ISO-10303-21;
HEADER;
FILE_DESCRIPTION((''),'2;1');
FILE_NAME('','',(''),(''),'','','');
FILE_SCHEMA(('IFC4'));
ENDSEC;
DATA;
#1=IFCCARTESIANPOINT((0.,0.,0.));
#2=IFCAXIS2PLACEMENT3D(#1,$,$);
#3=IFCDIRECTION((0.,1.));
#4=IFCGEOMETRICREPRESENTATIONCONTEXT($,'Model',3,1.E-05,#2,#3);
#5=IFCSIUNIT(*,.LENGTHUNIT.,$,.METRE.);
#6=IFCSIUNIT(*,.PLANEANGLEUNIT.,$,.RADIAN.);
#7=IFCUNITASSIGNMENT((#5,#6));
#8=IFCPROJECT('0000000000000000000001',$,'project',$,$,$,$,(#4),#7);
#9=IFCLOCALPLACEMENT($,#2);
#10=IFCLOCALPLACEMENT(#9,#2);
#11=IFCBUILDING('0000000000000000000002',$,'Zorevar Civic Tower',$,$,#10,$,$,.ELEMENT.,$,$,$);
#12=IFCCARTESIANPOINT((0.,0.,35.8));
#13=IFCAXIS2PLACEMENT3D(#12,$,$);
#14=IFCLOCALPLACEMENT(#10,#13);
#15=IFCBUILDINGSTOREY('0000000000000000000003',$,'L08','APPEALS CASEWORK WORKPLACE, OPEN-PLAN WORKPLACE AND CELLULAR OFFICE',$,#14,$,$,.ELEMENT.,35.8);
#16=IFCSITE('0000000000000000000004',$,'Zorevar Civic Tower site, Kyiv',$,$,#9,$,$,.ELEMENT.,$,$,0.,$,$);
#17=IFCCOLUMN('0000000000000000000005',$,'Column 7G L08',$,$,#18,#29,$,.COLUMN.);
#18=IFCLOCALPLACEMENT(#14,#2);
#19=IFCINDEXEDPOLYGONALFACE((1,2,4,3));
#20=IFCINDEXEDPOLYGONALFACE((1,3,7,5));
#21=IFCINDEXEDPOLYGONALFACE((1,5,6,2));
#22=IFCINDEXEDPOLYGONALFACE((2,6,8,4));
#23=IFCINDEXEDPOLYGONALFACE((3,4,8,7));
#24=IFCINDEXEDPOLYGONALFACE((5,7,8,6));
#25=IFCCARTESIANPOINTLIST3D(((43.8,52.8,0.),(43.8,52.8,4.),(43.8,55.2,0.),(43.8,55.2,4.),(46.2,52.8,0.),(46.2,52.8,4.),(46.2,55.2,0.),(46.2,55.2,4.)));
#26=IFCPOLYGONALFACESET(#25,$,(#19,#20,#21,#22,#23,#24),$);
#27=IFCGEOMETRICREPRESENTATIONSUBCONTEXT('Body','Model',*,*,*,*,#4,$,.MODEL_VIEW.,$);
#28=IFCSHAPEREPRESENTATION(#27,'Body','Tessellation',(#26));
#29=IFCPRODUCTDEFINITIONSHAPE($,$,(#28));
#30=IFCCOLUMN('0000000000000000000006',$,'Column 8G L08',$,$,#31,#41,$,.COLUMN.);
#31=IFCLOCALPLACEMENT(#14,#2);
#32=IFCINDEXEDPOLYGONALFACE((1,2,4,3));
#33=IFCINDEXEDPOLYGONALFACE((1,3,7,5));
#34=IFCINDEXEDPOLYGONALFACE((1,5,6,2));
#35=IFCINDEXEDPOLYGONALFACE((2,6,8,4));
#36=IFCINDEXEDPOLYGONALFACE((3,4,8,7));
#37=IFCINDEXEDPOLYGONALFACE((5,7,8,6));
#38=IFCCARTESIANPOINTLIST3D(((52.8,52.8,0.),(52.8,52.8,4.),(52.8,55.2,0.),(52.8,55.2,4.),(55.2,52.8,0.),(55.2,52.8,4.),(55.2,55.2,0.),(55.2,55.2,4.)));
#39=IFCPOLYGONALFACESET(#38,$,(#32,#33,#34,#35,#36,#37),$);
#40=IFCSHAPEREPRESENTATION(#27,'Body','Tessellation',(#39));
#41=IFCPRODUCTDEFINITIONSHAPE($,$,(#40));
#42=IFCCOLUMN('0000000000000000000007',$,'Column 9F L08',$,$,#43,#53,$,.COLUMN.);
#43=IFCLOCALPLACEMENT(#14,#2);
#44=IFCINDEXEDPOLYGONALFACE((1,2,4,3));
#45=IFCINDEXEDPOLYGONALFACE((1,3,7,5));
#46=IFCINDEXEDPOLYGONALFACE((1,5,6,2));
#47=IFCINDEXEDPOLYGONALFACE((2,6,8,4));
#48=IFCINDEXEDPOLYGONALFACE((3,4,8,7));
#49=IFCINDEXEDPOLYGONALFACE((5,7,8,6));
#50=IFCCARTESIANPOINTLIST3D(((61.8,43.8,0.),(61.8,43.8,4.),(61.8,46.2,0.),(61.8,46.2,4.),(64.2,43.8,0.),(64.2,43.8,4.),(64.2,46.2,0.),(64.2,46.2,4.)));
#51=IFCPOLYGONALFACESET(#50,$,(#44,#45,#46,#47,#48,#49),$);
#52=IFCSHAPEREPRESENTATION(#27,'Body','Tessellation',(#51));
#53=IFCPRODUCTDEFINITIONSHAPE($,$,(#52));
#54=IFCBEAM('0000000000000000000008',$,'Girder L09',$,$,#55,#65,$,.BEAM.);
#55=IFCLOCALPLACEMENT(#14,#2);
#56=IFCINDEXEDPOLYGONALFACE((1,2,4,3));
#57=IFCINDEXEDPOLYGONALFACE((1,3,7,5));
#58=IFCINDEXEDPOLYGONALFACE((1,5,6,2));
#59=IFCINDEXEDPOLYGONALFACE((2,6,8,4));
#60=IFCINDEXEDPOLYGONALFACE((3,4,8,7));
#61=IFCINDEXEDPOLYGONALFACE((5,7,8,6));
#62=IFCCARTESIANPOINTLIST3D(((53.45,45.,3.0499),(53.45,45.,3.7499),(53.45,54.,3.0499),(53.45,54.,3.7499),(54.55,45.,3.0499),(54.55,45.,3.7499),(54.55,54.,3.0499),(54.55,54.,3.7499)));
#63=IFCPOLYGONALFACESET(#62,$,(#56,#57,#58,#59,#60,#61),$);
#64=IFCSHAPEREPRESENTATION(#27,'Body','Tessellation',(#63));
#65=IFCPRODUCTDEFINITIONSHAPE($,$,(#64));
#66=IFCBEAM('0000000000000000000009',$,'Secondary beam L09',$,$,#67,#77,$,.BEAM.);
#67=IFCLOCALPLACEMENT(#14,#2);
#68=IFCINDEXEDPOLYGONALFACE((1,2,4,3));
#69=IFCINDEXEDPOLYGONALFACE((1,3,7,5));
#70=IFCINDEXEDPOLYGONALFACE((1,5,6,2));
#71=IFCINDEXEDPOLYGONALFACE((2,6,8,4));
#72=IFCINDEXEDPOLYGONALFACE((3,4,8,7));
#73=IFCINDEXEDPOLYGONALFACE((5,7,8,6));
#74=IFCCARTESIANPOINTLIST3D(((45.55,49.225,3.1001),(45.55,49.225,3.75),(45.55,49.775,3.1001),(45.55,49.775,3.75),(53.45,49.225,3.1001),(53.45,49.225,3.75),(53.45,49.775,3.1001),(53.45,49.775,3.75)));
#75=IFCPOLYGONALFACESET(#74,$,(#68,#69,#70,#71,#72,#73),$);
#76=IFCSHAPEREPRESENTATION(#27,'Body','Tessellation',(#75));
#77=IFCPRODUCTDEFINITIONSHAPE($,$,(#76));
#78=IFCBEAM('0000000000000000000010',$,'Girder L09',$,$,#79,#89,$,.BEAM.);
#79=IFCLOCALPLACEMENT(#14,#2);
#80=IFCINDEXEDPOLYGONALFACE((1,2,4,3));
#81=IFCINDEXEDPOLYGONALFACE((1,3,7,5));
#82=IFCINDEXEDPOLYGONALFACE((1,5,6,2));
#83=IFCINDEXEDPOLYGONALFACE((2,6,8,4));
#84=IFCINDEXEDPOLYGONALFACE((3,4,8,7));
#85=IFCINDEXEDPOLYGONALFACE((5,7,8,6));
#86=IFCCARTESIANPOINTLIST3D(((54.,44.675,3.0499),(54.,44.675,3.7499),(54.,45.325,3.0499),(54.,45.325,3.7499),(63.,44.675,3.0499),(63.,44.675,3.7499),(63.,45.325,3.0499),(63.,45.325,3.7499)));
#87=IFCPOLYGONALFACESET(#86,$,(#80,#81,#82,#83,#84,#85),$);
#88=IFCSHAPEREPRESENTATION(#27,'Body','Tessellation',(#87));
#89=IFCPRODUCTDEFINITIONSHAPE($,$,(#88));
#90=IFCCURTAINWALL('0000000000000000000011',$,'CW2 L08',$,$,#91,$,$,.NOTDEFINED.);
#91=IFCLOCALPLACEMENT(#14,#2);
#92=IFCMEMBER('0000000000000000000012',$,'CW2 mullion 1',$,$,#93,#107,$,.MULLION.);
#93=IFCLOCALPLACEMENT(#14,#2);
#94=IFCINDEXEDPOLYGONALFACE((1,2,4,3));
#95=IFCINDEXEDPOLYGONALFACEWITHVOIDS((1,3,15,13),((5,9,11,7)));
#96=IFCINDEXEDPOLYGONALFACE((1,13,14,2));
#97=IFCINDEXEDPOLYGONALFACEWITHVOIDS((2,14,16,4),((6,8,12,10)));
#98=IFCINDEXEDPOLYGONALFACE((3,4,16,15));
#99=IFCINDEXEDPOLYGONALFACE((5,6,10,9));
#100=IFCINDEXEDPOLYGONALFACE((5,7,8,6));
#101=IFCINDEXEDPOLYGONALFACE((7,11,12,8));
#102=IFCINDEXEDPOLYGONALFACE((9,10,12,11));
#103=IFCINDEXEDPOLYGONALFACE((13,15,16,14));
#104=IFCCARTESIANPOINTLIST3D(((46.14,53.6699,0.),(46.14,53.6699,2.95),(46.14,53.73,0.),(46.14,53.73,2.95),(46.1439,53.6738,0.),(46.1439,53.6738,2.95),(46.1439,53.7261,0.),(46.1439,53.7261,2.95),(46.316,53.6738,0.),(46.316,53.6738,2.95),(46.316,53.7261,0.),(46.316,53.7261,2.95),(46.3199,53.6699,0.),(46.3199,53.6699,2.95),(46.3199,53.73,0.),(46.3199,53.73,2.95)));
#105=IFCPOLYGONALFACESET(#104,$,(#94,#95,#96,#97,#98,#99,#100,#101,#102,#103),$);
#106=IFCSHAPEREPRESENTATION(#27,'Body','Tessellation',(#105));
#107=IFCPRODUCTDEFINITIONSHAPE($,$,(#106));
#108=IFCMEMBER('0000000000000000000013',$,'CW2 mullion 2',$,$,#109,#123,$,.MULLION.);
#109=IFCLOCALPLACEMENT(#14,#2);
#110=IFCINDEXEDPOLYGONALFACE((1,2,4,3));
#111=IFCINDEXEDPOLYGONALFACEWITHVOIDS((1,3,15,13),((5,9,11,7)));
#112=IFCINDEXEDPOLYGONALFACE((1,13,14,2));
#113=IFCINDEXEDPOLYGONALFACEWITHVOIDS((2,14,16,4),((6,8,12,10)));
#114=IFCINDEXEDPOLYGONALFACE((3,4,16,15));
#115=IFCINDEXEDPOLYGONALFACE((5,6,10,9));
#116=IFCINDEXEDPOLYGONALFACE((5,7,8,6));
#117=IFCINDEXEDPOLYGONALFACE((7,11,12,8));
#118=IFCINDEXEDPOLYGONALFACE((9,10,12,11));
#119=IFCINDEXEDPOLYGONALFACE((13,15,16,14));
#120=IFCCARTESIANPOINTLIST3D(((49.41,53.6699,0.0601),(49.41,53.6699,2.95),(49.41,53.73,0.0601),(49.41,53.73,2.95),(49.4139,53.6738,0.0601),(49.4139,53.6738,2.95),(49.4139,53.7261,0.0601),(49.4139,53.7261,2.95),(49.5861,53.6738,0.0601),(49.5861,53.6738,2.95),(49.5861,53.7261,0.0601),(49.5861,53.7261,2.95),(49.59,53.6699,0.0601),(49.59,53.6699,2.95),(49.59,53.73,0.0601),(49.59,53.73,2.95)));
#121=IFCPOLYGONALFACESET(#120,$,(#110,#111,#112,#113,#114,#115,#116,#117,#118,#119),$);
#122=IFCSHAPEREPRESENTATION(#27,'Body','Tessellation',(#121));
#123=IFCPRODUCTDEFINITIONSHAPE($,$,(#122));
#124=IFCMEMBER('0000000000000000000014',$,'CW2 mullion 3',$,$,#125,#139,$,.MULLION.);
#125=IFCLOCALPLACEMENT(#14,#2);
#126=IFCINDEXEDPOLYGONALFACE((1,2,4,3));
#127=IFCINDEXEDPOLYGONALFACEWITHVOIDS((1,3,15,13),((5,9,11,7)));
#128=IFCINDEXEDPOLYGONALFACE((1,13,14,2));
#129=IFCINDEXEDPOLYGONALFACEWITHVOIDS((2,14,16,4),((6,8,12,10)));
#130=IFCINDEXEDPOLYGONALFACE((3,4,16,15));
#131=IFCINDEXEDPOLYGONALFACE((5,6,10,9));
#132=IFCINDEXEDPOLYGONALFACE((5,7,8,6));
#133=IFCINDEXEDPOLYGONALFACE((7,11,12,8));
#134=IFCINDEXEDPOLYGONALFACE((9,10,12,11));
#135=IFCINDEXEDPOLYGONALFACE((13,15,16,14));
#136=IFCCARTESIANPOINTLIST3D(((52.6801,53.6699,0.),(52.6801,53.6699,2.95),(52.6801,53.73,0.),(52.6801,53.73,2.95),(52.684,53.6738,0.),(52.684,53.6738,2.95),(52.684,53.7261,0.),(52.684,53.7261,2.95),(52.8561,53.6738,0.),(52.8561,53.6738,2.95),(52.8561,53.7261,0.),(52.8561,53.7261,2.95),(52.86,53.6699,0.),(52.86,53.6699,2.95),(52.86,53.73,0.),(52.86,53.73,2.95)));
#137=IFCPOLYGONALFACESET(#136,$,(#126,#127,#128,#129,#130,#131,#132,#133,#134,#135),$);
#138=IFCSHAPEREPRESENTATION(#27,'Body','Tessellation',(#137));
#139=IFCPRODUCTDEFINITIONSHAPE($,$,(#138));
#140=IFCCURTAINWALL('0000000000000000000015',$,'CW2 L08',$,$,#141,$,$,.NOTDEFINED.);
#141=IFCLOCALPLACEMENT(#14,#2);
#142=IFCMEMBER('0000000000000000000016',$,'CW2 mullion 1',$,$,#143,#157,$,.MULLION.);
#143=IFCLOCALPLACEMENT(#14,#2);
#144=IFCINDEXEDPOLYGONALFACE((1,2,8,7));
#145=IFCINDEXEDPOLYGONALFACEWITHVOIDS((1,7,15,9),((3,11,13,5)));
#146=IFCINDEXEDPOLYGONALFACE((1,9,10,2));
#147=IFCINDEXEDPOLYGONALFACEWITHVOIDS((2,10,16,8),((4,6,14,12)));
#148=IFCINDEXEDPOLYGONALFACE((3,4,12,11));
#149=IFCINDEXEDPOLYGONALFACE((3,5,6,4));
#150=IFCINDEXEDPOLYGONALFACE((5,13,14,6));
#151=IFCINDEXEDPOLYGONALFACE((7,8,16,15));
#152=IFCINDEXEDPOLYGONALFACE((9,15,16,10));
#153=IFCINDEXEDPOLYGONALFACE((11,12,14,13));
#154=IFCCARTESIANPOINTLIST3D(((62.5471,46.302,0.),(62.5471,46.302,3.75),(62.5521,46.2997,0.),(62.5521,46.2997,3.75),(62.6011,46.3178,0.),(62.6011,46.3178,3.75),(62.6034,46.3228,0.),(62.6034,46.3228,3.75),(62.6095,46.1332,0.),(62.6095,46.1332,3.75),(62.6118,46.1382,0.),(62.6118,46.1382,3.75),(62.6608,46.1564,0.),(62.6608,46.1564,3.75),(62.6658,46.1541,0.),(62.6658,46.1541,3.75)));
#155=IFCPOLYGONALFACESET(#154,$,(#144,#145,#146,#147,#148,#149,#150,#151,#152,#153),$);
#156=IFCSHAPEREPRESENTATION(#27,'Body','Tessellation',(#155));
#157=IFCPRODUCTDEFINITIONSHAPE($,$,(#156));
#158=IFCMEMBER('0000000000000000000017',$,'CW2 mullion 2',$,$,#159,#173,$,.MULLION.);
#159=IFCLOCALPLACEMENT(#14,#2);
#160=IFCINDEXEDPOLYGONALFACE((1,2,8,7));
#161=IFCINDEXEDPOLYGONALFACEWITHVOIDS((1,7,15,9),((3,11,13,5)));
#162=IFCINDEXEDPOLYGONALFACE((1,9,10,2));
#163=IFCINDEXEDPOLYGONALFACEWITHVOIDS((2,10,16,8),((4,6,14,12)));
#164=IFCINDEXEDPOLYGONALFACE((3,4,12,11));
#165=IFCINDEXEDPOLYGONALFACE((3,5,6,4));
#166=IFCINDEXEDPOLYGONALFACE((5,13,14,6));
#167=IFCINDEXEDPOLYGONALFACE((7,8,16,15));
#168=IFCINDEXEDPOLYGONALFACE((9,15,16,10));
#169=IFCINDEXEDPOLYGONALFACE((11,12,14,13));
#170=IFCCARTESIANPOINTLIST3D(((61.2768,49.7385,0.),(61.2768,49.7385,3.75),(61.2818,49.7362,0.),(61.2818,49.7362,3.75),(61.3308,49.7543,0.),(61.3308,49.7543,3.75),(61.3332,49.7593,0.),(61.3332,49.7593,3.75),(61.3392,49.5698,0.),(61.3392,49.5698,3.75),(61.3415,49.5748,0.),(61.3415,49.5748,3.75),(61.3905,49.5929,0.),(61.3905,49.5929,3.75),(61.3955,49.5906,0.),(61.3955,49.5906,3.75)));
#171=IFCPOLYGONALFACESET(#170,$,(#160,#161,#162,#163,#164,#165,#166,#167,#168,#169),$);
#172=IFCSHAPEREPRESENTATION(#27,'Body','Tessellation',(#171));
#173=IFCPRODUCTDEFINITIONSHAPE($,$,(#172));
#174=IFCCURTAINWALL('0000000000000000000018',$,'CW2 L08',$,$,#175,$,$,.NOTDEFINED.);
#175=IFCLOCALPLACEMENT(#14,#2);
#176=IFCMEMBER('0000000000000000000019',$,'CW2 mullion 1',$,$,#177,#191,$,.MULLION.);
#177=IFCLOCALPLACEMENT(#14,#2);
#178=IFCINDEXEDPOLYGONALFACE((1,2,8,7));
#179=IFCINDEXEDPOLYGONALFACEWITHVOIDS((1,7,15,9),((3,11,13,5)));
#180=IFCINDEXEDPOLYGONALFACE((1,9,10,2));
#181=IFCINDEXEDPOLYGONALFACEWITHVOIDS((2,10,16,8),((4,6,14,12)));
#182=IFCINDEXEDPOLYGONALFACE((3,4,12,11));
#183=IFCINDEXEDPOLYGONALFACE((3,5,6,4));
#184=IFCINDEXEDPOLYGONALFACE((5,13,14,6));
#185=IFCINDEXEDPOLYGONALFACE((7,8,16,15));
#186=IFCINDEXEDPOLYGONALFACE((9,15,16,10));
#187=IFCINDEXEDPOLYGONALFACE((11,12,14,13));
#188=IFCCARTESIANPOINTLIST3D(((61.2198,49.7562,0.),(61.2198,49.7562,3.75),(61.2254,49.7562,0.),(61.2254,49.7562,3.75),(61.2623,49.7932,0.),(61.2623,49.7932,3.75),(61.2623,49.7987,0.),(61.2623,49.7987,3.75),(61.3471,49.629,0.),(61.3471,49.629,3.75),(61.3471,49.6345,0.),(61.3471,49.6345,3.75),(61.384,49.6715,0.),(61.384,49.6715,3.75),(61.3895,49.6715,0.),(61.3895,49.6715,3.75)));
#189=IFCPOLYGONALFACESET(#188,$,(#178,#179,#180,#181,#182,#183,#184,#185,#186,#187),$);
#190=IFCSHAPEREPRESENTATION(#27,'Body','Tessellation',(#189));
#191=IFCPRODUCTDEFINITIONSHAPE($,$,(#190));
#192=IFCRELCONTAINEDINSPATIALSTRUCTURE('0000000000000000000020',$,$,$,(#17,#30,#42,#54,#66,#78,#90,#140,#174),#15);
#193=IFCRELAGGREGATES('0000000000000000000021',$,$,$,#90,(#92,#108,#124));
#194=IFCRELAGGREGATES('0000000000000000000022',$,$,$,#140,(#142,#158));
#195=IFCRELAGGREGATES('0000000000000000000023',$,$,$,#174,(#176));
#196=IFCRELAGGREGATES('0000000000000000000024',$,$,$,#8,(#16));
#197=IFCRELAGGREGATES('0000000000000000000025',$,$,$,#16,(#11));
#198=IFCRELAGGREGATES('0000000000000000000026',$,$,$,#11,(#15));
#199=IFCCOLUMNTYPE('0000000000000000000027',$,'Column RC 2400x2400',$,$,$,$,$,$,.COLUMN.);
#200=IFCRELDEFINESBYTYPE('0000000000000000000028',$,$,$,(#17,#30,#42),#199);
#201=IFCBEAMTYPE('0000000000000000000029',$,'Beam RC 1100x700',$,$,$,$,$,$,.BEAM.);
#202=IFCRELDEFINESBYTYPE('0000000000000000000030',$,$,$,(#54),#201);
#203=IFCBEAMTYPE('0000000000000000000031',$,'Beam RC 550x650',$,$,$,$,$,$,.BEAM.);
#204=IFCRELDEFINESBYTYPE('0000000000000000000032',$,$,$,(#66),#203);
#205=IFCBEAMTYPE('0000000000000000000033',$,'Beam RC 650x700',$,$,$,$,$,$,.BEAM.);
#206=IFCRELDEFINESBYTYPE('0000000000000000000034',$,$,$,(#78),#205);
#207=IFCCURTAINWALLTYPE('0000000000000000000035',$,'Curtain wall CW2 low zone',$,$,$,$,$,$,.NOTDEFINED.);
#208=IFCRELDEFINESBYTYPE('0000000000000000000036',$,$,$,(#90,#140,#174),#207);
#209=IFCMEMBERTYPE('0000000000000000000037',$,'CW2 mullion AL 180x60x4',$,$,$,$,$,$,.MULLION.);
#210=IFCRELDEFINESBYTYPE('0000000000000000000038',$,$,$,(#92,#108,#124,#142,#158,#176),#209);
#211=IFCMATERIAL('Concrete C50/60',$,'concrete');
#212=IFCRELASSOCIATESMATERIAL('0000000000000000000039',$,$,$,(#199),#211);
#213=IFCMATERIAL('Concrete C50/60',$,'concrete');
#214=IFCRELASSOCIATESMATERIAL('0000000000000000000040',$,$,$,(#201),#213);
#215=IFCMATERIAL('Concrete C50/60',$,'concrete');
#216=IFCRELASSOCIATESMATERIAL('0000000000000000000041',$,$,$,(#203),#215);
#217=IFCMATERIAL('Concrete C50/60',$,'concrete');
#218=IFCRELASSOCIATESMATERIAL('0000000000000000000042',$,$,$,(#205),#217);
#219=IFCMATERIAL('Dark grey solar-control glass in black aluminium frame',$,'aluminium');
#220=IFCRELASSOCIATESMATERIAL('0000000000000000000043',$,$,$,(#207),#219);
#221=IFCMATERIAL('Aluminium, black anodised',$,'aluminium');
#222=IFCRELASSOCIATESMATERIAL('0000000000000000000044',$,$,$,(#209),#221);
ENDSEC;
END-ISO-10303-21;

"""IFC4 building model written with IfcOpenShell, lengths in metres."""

from ifc_helpers import new_model, si_unit, direction, frame, origin, origin_2d, place, context, subcontext, project, spatial, rectangle, hollow_rectangle, extrude, material, material_profile, profile_set, type_object, element, aggregate, save


model = new_model("IFC4")

# Units and contexts
model_context = context("Model", 3, precision=1e-05, world=origin(), true_north=direction((0.0, 1.0)))
body_context = subcontext(model_context, "Body", "Model", "MODEL_VIEW")
ifc_project = project(units=[si_unit("LENGTHUNIT", "METRE"), si_unit("PLANEANGLEUNIT", "RADIAN")], contexts=[model_context])

# Site, building, storey
site_placement = place(None, origin())
site = spatial("IfcSite", under=ifc_project, at=site_placement, Name="Zorevar Civic Tower site, Kyiv", CompositionType="ELEMENT", RefElevation=0.0)
building_placement = place(site_placement, origin())
building = spatial("IfcBuilding", under=site, at=building_placement, Name="Zorevar Civic Tower", CompositionType="ELEMENT")
storey_placement = place(building_placement, frame((0.0, 0.0, 35.8)))
storey = spatial("IfcBuildingStorey", under=building, at=storey_placement, Name="L08", Description="APPEALS CASEWORK WORKPLACE, OPEN-PLAN WORKPLACE AND CELLULAR OFFICE", CompositionType="ELEMENT", Elevation=35.8)

# Columns
ifc_material_1 = material(Name="Concrete C50/60", Category="concrete")
ifc_material_profile_1 = material_profile(ifc_material_1, rectangle(XDim=2.3999, YDim=2.3999, at=origin_2d()), Name="RC 2400x2400")
ifc_profile_set_1 = profile_set([ifc_material_profile_1], Name="Concrete C50/60")
column_type = type_object("IfcColumnType", Name="Column RC 2400x2400", PredefinedType="COLUMN", material=ifc_profile_set_1)
for number, where, z_axis, x_axis, name in (
    (1, (45.0, 54.0, 0.0), (0.0, 0.0, 1.0), (1.0, 0.0, 0.0), "Column 7G L08"),
    (2, (54.0, 54.0, 0.0), (0.0, 0.0, 1.0), (1.0, 0.0, 0.0), "Column 8G L08"),
    (3, (63.0, 45.0, 0.0), (0.0, 0.0, 1.0), (1.0, 0.0, 0.0), "Column 9F L08"),
):
    element("IfcColumn", number, at=place(storey_placement, frame(where, z_axis=z_axis, x_axis=x_axis)), inside=storey, type_object=column_type, Name=name, PredefinedType="COLUMN", context=body_context, shape_type="SweptSolid", body=[
        extrude(rectangle(XDim=2.3999, YDim=2.3999, at=origin_2d()), origin(), (0.0, 0.0, 1.0), 4.0),
    ])

# Beams
ifc_material_2 = material(Name="Concrete C50/60", Category="concrete")
ifc_material_profile_2 = material_profile(ifc_material_2, rectangle(XDim=1.1001, YDim=0.7, at=origin_2d()), Name="RC 1100x700")
ifc_profile_set_2 = profile_set([ifc_material_profile_2], Name="Concrete C50/60")
beam_type_1 = type_object("IfcBeamType", Name="Beam RC 1100x700", PredefinedType="BEAM", material=ifc_profile_set_2)
beam_1_placement = place(storey_placement, frame((54.0, 45.0, 3.3999), z_axis=(0.0, 1.0, 0.0), x_axis=(-1.0, 0.0, 0.0)))
element("IfcBeam", 4, at=beam_1_placement, inside=storey, type_object=beam_type_1, Name="Girder L09", PredefinedType="BEAM", context=body_context, shape_type="SweptSolid", body=[
    extrude(rectangle(XDim=1.1001, YDim=0.7, at=origin_2d()), origin(), (0.0, 0.0, 1.0), 9.0),
])
ifc_material_3 = material(Name="Concrete C50/60", Category="concrete")
ifc_material_profile_3 = material_profile(ifc_material_3, rectangle(XDim=0.55, YDim=0.6499, at=origin_2d()), Name="RC 550x650")
ifc_profile_set_3 = profile_set([ifc_material_profile_3], Name="Concrete C50/60")
beam_type_2 = type_object("IfcBeamType", Name="Beam RC 550x650", PredefinedType="BEAM", material=ifc_profile_set_3)
beam_2_placement = place(storey_placement, frame((45.55, 49.5, 3.425), z_axis=(1.0, 0.0, 0.0), x_axis=(0.0, 1.0, 0.0)))
element("IfcBeam", 5, at=beam_2_placement, inside=storey, type_object=beam_type_2, Name="Secondary beam L09", PredefinedType="BEAM", context=body_context, shape_type="SweptSolid", body=[
    extrude(rectangle(XDim=0.55, YDim=0.6499, at=origin_2d()), origin(), (0.0, 0.0, 1.0), 7.8999),
])
ifc_material_4 = material(Name="Concrete C50/60", Category="concrete")
ifc_material_profile_4 = material_profile(ifc_material_4, rectangle(XDim=0.6499, YDim=0.7, at=origin_2d()), Name="RC 650x700")
ifc_profile_set_4 = profile_set([ifc_material_profile_4], Name="Concrete C50/60")
beam_type_3 = type_object("IfcBeamType", Name="Beam RC 650x700", PredefinedType="BEAM", material=ifc_profile_set_4)
beam_3_placement = place(storey_placement, frame((54.0, 45.0, 3.3999), z_axis=(1.0, 0.0, 0.0), x_axis=(0.0, 1.0, 0.0)))
element("IfcBeam", 6, at=beam_3_placement, inside=storey, type_object=beam_type_3, Name="Girder L09", PredefinedType="BEAM", context=body_context, shape_type="SweptSolid", body=[
    extrude(rectangle(XDim=0.6499, YDim=0.7, at=origin_2d()), origin(), (0.0, 0.0, 1.0), 9.0),
])

# Curtain walls, members
ifc_material_5 = material(Name="Dark grey solar-control glass in black aluminium frame", Category="aluminium")
curtain_wall_type = type_object("IfcCurtainWallType", Name="Curtain wall CW2 low zone", PredefinedType="NOTDEFINED", material=ifc_material_5)
curtain_wall_1_placement = place(storey_placement, origin())
curtain_wall_1 = element("IfcCurtainWall", 7, at=curtain_wall_1_placement, inside=storey, type_object=curtain_wall_type, Name="CW2 L08", PredefinedType="NOTDEFINED")
ifc_material_6 = material(Name="Aluminium, black anodised", Category="aluminium")
ifc_material_profile_5 = material_profile(ifc_material_6, hollow_rectangle(XDim=0.0601, YDim=0.1799, WallThickness=0.0039, at=origin_2d()), Name="AL 180x60x4")
ifc_profile_set_5 = profile_set([ifc_material_profile_5], Name="Aluminium, black anodised")
member_type_1 = type_object("IfcMemberType", Name="CW2 mullion AL 180x60x4", PredefinedType="MULLION", material=ifc_profile_set_5)
member_1_placement = place(storey_placement, frame((46.23, 53.7, 0.0), z_axis=(0.0, 0.0, 1.0), x_axis=(0.0, 1.0, 0.0)))
member_1 = element("IfcMember", 8, at=member_1_placement, type_object=member_type_1, Name="CW2 mullion 1", PredefinedType="MULLION", context=body_context, shape_type="SweptSolid", body=[
    extrude(hollow_rectangle(XDim=0.0601, YDim=0.1799, WallThickness=0.0039, at=origin_2d()), origin(), (0.0, 0.0, 1.0), 2.95),
])
member_2_placement = place(storey_placement, frame((49.5, 53.7, 0.0601), z_axis=(0.0, 0.0, 1.0), x_axis=(0.0, 1.0, 0.0)))
member_2 = element("IfcMember", 9, at=member_2_placement, type_object=member_type_1, Name="CW2 mullion 2", PredefinedType="MULLION", context=body_context, shape_type="SweptSolid", body=[
    extrude(hollow_rectangle(XDim=0.0601, YDim=0.1799, WallThickness=0.0039, at=origin_2d()), origin(), (0.0, 0.0, 1.0), 2.8899),
])
member_3_placement = place(storey_placement, frame((52.77, 53.7, 0.0), z_axis=(0.0, 0.0, 1.0), x_axis=(0.0, 1.0, 0.0)))
member_3 = element("IfcMember", 10, at=member_3_placement, type_object=member_type_1, Name="CW2 mullion 3", PredefinedType="MULLION", context=body_context, shape_type="SweptSolid", body=[
    extrude(hollow_rectangle(XDim=0.0601, YDim=0.1799, WallThickness=0.0039, at=origin_2d()), origin(), (0.0, 0.0, 1.0), 2.95),
])
curtain_wall_2_placement = place(storey_placement, origin())
curtain_wall_2 = element("IfcCurtainWall", 11, at=curtain_wall_2_placement, inside=storey, type_object=curtain_wall_type, Name="CW2 L08", PredefinedType="NOTDEFINED")
member_4_placement = place(storey_placement, frame((62.6064, 46.228, 0.0), z_axis=(0.0, 0.0, 1.0), x_axis=(-0.937975, -0.346704, 0.0)))
member_4 = element("IfcMember", 12, at=member_4_placement, type_object=member_type_1, Name="CW2 mullion 1", PredefinedType="MULLION", context=body_context, shape_type="SweptSolid", body=[
    extrude(hollow_rectangle(XDim=0.0601, YDim=0.1799, WallThickness=0.0039, at=origin_2d()), origin(), (0.0, 0.0, 1.0), 3.75),
])
member_5_placement = place(storey_placement, frame((61.3362, 49.6646, 0.0), z_axis=(0.0, 0.0, 1.0), x_axis=(-0.937975, -0.346704, 0.0)))
member_5 = element("IfcMember", 13, at=member_5_placement, type_object=member_type_1, Name="CW2 mullion 2", PredefinedType="MULLION", context=body_context, shape_type="SweptSolid", body=[
    extrude(hollow_rectangle(XDim=0.0601, YDim=0.1799, WallThickness=0.0039, at=origin_2d()), origin(), (0.0, 0.0, 1.0), 3.75),
])
curtain_wall_3_placement = place(storey_placement, origin())
curtain_wall_3 = element("IfcCurtainWall", 14, at=curtain_wall_3_placement, inside=storey, type_object=curtain_wall_type, Name="CW2 L08", PredefinedType="NOTDEFINED")
member_6_placement = place(storey_placement, frame((61.3047, 49.7139, 0.0), z_axis=(0.0, 0.0, 1.0), x_axis=(-0.707107, -0.707107, 0.0)))
member_6 = element("IfcMember", 15, at=member_6_placement, type_object=member_type_1, Name="CW2 mullion 1", PredefinedType="MULLION", context=body_context, shape_type="SweptSolid", body=[
    extrude(hollow_rectangle(XDim=0.0601, YDim=0.1799, WallThickness=0.0039, at=origin_2d()), origin(), (0.0, 0.0, 1.0), 3.75),
])

aggregate(curtain_wall_1, [member_1, member_2, member_3])
aggregate(curtain_wall_2, [member_4, member_5])
aggregate(curtain_wall_3, [member_6])

save(model, "model.ifc")
